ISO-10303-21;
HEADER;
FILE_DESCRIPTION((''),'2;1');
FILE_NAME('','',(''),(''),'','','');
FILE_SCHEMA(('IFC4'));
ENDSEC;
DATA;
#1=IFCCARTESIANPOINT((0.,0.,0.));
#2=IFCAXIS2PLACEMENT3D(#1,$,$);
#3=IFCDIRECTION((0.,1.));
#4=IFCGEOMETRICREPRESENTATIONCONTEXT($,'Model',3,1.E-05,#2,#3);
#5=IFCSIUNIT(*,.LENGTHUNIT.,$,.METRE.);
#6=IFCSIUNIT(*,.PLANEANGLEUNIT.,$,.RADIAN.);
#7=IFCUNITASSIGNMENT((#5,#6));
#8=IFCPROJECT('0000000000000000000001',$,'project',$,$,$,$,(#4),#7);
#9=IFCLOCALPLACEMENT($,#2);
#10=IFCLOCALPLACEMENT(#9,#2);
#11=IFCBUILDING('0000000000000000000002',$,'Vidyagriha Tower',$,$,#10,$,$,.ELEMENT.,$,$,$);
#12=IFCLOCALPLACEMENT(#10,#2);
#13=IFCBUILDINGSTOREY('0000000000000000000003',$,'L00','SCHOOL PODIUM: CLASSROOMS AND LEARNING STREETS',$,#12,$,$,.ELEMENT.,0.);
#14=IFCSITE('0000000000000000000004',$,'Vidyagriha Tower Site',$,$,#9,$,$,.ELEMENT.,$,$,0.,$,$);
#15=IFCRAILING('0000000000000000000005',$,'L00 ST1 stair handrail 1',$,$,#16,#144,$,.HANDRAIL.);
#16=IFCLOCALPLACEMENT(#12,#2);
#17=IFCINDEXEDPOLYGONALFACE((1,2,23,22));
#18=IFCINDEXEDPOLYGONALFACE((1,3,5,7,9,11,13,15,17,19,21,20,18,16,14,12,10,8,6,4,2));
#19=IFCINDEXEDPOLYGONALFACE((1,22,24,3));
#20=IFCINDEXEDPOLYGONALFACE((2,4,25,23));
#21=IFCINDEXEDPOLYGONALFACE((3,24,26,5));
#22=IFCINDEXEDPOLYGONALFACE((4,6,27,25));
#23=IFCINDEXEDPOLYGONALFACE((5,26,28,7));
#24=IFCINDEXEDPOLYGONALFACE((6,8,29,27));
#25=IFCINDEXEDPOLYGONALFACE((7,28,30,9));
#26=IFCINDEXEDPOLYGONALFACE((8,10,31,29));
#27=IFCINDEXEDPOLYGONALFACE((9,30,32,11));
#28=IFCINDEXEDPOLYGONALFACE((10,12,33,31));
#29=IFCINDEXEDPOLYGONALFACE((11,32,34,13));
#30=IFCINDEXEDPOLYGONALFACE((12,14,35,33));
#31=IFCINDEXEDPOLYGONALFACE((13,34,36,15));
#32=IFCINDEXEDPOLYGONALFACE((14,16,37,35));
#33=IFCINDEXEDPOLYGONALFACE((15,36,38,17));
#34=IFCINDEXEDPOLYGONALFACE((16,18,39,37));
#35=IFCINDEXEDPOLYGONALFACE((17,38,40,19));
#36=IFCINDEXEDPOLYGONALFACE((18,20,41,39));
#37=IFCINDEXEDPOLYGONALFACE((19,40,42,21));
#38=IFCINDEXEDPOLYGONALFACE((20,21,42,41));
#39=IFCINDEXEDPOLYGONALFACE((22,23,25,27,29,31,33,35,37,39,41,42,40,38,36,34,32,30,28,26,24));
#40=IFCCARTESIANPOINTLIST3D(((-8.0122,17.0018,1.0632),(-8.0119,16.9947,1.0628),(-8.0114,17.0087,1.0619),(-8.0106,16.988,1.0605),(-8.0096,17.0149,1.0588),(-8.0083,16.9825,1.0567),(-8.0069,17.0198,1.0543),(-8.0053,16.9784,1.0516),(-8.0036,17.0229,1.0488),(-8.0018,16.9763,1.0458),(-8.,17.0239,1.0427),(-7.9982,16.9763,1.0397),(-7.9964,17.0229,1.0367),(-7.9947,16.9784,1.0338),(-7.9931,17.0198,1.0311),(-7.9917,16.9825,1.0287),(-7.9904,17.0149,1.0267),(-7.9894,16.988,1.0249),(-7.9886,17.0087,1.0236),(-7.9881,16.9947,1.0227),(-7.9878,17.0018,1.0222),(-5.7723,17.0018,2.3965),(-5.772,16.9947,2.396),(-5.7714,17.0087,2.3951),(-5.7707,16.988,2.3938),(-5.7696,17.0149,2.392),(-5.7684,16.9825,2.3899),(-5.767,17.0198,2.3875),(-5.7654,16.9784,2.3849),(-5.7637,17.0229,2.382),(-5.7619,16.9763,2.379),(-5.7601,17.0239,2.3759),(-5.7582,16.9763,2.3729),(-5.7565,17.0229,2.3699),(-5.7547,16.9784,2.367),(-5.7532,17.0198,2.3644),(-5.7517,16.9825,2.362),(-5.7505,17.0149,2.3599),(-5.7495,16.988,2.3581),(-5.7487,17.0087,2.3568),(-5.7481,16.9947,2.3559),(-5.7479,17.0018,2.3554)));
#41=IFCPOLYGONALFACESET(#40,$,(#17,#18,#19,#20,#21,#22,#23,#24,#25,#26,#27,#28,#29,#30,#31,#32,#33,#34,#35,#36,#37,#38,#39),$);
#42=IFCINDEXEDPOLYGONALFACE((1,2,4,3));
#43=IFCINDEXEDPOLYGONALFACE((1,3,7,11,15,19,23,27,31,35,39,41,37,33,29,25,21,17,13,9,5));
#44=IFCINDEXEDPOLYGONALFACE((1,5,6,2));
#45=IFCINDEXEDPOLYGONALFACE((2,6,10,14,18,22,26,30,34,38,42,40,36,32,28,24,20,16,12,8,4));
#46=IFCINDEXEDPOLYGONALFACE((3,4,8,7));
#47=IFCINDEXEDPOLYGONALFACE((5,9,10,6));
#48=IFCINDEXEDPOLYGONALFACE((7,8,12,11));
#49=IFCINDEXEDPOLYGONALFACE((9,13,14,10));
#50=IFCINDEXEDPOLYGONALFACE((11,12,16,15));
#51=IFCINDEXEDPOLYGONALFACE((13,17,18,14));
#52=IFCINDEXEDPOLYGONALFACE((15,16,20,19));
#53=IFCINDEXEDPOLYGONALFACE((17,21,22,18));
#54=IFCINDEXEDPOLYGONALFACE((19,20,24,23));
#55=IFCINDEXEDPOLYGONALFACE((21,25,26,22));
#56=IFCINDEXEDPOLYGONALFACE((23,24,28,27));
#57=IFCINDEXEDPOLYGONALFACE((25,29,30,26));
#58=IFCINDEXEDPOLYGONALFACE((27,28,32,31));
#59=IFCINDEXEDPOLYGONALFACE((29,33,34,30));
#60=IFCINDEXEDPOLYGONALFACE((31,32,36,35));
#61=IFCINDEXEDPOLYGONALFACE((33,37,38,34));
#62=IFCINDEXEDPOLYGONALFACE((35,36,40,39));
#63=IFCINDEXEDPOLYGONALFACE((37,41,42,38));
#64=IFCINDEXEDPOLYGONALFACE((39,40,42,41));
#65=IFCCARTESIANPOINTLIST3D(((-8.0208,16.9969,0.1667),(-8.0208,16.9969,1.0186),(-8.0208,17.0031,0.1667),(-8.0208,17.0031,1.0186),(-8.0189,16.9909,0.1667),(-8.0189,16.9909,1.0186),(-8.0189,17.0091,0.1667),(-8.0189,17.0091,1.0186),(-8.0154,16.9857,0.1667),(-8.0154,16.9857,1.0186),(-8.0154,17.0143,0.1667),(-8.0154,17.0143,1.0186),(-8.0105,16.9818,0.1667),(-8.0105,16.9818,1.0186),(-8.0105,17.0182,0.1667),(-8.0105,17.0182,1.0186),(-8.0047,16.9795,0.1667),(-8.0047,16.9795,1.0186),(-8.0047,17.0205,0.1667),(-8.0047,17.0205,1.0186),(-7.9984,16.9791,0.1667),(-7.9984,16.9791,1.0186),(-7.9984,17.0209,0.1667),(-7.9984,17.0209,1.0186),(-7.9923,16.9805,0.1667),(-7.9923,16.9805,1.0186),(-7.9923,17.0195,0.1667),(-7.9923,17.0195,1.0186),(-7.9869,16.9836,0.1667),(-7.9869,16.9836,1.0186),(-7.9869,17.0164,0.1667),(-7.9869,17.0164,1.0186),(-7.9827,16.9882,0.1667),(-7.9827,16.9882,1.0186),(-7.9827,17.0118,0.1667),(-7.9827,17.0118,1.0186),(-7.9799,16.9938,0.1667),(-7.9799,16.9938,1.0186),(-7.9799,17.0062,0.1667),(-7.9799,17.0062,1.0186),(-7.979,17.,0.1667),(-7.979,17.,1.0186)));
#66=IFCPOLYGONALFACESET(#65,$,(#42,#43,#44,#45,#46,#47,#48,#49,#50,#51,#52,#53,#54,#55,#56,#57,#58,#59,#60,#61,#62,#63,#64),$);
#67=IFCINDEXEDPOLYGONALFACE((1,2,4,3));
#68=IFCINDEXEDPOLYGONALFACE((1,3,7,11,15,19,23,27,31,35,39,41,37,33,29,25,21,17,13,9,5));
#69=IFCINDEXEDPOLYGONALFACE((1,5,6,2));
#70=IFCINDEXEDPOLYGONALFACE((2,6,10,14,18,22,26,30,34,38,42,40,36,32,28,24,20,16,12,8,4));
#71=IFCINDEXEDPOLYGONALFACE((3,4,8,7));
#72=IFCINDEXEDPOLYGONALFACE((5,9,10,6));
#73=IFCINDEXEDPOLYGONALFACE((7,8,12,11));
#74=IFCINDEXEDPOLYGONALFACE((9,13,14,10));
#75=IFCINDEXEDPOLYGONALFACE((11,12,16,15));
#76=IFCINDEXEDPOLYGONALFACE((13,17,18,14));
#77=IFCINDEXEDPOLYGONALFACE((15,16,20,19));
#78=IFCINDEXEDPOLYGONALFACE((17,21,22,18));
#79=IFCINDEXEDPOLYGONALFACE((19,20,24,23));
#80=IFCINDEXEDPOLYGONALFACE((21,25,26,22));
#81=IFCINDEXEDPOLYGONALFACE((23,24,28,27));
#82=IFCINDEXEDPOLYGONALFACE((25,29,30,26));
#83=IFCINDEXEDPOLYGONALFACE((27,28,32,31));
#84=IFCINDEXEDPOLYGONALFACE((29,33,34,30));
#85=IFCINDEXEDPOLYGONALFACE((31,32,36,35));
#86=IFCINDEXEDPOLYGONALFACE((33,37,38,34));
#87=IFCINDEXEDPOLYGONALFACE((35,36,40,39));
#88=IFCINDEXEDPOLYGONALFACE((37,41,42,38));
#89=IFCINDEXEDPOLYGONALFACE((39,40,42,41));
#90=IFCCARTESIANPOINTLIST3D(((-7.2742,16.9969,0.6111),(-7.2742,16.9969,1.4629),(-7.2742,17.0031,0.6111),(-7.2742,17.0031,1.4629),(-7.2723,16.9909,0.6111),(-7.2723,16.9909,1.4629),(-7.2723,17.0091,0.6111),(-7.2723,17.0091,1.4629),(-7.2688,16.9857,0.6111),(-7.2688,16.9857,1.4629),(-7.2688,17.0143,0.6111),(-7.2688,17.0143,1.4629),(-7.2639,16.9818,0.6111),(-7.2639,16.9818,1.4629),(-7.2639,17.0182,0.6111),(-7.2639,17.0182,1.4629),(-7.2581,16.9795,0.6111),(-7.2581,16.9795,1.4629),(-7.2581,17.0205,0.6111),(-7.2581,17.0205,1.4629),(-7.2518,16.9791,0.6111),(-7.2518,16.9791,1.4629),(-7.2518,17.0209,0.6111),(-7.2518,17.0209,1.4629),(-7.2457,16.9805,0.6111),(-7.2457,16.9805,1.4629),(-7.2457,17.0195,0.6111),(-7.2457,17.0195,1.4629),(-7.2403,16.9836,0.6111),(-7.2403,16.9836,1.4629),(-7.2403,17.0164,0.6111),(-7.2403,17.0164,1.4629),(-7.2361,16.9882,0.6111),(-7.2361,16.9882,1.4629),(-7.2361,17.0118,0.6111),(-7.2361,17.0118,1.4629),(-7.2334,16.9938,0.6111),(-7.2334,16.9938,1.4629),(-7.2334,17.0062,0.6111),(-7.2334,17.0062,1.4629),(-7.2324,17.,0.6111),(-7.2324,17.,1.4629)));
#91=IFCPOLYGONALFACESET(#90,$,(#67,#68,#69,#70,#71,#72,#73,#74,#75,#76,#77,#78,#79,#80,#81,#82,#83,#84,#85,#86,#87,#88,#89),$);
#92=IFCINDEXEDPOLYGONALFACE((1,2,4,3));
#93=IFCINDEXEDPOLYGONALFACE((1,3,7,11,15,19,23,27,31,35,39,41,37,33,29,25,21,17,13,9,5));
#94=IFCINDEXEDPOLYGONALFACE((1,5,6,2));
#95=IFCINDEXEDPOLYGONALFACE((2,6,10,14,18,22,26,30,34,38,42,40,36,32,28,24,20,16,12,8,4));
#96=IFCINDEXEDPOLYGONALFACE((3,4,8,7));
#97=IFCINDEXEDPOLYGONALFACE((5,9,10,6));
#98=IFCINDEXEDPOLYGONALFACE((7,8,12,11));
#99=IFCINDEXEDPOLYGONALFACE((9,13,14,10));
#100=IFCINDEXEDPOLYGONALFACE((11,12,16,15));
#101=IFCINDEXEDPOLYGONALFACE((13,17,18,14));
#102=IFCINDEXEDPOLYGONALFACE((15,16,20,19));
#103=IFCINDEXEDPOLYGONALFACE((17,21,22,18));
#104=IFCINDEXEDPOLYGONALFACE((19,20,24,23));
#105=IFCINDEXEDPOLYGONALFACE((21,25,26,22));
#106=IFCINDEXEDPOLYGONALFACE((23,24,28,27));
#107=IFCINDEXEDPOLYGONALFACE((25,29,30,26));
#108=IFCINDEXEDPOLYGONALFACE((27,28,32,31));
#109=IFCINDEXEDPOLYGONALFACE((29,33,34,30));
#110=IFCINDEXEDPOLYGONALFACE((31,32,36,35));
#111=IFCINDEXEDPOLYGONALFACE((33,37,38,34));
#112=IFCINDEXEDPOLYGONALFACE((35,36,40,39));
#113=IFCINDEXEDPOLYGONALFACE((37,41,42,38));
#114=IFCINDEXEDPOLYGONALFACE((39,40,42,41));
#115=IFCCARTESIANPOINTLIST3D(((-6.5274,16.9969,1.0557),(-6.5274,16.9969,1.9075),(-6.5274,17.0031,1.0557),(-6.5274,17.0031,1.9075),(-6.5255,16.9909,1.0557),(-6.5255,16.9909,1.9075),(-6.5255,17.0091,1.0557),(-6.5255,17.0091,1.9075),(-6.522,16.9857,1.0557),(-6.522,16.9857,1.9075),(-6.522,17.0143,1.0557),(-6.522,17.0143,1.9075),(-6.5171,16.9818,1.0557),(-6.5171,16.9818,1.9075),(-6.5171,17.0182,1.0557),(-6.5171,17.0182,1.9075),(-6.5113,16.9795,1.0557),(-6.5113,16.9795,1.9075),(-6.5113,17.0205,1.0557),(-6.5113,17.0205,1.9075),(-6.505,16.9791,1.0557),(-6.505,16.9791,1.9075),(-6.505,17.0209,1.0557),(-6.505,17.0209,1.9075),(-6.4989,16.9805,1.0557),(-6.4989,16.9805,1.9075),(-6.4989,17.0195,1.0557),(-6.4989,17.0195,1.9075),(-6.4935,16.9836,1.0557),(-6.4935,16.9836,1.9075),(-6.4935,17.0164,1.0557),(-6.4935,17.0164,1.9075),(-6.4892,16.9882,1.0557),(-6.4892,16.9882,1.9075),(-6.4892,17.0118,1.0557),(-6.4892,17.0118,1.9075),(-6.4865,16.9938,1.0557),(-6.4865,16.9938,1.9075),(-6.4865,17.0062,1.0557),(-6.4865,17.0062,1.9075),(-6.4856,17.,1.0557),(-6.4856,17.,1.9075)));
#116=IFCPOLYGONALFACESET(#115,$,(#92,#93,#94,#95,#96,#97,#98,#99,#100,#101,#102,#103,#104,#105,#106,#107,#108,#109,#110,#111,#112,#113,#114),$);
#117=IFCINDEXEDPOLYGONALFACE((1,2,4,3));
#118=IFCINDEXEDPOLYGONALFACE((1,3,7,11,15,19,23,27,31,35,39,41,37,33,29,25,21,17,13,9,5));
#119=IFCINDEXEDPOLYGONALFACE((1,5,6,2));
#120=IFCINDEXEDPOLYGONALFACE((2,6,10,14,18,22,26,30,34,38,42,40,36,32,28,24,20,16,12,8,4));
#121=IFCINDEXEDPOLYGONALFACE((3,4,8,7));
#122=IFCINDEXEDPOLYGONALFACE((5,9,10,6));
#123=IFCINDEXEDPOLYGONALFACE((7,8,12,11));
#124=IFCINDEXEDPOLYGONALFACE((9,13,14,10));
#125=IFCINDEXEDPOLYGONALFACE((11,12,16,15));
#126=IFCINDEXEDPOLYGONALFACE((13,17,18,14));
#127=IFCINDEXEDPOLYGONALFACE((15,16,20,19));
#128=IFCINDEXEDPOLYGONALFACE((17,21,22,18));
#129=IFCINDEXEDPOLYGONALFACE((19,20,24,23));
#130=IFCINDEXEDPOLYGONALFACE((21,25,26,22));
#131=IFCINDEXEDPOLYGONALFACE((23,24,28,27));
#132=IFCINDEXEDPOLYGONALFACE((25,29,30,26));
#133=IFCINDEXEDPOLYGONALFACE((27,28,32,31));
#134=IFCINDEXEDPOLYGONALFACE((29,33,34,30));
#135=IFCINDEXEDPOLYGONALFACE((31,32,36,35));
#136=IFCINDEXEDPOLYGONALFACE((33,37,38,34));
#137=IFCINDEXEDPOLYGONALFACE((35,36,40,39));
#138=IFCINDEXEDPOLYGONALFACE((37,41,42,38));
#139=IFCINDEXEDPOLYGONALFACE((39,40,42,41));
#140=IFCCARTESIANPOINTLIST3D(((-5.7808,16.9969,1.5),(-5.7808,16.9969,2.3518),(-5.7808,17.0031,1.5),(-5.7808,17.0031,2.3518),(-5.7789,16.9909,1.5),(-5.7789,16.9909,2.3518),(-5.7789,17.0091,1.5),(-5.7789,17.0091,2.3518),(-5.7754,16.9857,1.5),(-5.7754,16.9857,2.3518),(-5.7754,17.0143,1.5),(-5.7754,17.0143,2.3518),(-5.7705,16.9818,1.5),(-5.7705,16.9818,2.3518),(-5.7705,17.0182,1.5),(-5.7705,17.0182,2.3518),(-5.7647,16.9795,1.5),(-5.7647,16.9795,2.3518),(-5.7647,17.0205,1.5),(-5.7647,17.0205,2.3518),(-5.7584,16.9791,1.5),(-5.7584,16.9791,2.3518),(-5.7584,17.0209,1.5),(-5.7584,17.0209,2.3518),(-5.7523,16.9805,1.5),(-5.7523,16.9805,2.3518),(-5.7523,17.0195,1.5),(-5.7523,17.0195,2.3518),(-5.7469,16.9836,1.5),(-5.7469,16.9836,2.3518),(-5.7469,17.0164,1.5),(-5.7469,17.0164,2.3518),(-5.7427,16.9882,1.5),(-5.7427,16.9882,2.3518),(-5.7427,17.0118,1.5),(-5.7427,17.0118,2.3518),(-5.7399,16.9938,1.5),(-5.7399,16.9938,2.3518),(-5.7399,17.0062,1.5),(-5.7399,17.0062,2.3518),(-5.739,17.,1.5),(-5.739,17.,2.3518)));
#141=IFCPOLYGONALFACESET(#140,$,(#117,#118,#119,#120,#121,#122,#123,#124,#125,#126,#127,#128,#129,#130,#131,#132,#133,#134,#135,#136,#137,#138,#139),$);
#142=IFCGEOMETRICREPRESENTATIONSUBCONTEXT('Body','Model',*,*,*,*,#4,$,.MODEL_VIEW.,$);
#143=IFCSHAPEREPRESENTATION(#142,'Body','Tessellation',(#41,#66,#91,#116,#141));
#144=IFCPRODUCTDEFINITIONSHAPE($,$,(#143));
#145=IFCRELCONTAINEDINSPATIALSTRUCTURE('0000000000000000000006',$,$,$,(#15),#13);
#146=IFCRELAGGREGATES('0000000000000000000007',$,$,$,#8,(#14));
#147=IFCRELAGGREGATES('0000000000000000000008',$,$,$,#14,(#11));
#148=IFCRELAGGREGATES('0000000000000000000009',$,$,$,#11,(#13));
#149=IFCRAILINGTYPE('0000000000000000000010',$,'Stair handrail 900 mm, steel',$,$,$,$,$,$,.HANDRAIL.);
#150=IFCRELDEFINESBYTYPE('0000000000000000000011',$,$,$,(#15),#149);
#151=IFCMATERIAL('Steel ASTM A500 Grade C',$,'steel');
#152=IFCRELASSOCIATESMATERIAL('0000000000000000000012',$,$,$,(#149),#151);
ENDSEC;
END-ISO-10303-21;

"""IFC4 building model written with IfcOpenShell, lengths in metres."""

from ifc_helpers import new_model, si_unit, direction, frame, origin, origin_2d, place, context, subcontext, project, spatial, circle, extrude, material, type_object, element, save


model = new_model("IFC4")

# Units and contexts
model_context = context("Model", 3, precision=1e-05, world=origin(), true_north=direction((0.0, 1.0)))
body_context = subcontext(model_context, "Body", "Model", "MODEL_VIEW")
ifc_project = project(units=[si_unit("LENGTHUNIT", "METRE"), si_unit("PLANEANGLEUNIT", "RADIAN")], contexts=[model_context])

# Site, building, storey
site_placement = place(None, origin())
site = spatial("IfcSite", under=ifc_project, at=site_placement, Name="Vidyagriha Tower Site", CompositionType="ELEMENT", RefElevation=0.0)
building_placement = place(site_placement, origin())
building = spatial("IfcBuilding", under=site, at=building_placement, Name="Vidyagriha Tower", CompositionType="ELEMENT")
storey_placement = place(building_placement, origin())
storey = spatial("IfcBuildingStorey", under=building, at=storey_placement, Name="L00", Description="SCHOOL PODIUM: CLASSROOMS AND LEARNING STREETS", CompositionType="ELEMENT", Elevation=0.0)

# Railing
ifc_material_1 = material(Name="Steel ASTM A500 Grade C", Category="steel")
railing_type_1 = type_object("IfcRailingType", Name="Stair handrail 900 mm, steel", PredefinedType="HANDRAIL", material=ifc_material_1)
railing_1_placement = place(storey_placement, frame((-8.0, 17.0, 0.1667)))
element("IfcRailing", 1, at=railing_1_placement, inside=storey, type_object=railing_type_1, Name="L00 ST1 stair handrail 1", PredefinedType="HANDRAIL", context=body_context, shape_type="SweptSolid", body=[
    extrude(circle(Radius=0.0239, at=origin_2d()), frame((0.0, 0.0, 0.876), z_axis=(0.859306, 0.0, 0.511462), x_axis=(0.0, 1.0, 0.0)), (0.0, 0.0, 1.0), 2.6067),
    extrude(circle(Radius=0.021, at=origin_2d()), origin(), (0.0, 0.0, 1.0), 0.8518),
    extrude(circle(Radius=0.021, at=origin_2d()), frame((0.7466, 0.0, 0.4443)), (0.0, 0.0, 1.0), 0.8518),
    extrude(circle(Radius=0.021, at=origin_2d()), frame((1.4934, 0.0, 0.8889)), (0.0, 0.0, 1.0), 0.8518),
    extrude(circle(Radius=0.021, at=origin_2d()), frame((2.24, 0.0, 1.3333)), (0.0, 0.0, 1.0), 0.8518),
])

save(model, "model.ifc")
